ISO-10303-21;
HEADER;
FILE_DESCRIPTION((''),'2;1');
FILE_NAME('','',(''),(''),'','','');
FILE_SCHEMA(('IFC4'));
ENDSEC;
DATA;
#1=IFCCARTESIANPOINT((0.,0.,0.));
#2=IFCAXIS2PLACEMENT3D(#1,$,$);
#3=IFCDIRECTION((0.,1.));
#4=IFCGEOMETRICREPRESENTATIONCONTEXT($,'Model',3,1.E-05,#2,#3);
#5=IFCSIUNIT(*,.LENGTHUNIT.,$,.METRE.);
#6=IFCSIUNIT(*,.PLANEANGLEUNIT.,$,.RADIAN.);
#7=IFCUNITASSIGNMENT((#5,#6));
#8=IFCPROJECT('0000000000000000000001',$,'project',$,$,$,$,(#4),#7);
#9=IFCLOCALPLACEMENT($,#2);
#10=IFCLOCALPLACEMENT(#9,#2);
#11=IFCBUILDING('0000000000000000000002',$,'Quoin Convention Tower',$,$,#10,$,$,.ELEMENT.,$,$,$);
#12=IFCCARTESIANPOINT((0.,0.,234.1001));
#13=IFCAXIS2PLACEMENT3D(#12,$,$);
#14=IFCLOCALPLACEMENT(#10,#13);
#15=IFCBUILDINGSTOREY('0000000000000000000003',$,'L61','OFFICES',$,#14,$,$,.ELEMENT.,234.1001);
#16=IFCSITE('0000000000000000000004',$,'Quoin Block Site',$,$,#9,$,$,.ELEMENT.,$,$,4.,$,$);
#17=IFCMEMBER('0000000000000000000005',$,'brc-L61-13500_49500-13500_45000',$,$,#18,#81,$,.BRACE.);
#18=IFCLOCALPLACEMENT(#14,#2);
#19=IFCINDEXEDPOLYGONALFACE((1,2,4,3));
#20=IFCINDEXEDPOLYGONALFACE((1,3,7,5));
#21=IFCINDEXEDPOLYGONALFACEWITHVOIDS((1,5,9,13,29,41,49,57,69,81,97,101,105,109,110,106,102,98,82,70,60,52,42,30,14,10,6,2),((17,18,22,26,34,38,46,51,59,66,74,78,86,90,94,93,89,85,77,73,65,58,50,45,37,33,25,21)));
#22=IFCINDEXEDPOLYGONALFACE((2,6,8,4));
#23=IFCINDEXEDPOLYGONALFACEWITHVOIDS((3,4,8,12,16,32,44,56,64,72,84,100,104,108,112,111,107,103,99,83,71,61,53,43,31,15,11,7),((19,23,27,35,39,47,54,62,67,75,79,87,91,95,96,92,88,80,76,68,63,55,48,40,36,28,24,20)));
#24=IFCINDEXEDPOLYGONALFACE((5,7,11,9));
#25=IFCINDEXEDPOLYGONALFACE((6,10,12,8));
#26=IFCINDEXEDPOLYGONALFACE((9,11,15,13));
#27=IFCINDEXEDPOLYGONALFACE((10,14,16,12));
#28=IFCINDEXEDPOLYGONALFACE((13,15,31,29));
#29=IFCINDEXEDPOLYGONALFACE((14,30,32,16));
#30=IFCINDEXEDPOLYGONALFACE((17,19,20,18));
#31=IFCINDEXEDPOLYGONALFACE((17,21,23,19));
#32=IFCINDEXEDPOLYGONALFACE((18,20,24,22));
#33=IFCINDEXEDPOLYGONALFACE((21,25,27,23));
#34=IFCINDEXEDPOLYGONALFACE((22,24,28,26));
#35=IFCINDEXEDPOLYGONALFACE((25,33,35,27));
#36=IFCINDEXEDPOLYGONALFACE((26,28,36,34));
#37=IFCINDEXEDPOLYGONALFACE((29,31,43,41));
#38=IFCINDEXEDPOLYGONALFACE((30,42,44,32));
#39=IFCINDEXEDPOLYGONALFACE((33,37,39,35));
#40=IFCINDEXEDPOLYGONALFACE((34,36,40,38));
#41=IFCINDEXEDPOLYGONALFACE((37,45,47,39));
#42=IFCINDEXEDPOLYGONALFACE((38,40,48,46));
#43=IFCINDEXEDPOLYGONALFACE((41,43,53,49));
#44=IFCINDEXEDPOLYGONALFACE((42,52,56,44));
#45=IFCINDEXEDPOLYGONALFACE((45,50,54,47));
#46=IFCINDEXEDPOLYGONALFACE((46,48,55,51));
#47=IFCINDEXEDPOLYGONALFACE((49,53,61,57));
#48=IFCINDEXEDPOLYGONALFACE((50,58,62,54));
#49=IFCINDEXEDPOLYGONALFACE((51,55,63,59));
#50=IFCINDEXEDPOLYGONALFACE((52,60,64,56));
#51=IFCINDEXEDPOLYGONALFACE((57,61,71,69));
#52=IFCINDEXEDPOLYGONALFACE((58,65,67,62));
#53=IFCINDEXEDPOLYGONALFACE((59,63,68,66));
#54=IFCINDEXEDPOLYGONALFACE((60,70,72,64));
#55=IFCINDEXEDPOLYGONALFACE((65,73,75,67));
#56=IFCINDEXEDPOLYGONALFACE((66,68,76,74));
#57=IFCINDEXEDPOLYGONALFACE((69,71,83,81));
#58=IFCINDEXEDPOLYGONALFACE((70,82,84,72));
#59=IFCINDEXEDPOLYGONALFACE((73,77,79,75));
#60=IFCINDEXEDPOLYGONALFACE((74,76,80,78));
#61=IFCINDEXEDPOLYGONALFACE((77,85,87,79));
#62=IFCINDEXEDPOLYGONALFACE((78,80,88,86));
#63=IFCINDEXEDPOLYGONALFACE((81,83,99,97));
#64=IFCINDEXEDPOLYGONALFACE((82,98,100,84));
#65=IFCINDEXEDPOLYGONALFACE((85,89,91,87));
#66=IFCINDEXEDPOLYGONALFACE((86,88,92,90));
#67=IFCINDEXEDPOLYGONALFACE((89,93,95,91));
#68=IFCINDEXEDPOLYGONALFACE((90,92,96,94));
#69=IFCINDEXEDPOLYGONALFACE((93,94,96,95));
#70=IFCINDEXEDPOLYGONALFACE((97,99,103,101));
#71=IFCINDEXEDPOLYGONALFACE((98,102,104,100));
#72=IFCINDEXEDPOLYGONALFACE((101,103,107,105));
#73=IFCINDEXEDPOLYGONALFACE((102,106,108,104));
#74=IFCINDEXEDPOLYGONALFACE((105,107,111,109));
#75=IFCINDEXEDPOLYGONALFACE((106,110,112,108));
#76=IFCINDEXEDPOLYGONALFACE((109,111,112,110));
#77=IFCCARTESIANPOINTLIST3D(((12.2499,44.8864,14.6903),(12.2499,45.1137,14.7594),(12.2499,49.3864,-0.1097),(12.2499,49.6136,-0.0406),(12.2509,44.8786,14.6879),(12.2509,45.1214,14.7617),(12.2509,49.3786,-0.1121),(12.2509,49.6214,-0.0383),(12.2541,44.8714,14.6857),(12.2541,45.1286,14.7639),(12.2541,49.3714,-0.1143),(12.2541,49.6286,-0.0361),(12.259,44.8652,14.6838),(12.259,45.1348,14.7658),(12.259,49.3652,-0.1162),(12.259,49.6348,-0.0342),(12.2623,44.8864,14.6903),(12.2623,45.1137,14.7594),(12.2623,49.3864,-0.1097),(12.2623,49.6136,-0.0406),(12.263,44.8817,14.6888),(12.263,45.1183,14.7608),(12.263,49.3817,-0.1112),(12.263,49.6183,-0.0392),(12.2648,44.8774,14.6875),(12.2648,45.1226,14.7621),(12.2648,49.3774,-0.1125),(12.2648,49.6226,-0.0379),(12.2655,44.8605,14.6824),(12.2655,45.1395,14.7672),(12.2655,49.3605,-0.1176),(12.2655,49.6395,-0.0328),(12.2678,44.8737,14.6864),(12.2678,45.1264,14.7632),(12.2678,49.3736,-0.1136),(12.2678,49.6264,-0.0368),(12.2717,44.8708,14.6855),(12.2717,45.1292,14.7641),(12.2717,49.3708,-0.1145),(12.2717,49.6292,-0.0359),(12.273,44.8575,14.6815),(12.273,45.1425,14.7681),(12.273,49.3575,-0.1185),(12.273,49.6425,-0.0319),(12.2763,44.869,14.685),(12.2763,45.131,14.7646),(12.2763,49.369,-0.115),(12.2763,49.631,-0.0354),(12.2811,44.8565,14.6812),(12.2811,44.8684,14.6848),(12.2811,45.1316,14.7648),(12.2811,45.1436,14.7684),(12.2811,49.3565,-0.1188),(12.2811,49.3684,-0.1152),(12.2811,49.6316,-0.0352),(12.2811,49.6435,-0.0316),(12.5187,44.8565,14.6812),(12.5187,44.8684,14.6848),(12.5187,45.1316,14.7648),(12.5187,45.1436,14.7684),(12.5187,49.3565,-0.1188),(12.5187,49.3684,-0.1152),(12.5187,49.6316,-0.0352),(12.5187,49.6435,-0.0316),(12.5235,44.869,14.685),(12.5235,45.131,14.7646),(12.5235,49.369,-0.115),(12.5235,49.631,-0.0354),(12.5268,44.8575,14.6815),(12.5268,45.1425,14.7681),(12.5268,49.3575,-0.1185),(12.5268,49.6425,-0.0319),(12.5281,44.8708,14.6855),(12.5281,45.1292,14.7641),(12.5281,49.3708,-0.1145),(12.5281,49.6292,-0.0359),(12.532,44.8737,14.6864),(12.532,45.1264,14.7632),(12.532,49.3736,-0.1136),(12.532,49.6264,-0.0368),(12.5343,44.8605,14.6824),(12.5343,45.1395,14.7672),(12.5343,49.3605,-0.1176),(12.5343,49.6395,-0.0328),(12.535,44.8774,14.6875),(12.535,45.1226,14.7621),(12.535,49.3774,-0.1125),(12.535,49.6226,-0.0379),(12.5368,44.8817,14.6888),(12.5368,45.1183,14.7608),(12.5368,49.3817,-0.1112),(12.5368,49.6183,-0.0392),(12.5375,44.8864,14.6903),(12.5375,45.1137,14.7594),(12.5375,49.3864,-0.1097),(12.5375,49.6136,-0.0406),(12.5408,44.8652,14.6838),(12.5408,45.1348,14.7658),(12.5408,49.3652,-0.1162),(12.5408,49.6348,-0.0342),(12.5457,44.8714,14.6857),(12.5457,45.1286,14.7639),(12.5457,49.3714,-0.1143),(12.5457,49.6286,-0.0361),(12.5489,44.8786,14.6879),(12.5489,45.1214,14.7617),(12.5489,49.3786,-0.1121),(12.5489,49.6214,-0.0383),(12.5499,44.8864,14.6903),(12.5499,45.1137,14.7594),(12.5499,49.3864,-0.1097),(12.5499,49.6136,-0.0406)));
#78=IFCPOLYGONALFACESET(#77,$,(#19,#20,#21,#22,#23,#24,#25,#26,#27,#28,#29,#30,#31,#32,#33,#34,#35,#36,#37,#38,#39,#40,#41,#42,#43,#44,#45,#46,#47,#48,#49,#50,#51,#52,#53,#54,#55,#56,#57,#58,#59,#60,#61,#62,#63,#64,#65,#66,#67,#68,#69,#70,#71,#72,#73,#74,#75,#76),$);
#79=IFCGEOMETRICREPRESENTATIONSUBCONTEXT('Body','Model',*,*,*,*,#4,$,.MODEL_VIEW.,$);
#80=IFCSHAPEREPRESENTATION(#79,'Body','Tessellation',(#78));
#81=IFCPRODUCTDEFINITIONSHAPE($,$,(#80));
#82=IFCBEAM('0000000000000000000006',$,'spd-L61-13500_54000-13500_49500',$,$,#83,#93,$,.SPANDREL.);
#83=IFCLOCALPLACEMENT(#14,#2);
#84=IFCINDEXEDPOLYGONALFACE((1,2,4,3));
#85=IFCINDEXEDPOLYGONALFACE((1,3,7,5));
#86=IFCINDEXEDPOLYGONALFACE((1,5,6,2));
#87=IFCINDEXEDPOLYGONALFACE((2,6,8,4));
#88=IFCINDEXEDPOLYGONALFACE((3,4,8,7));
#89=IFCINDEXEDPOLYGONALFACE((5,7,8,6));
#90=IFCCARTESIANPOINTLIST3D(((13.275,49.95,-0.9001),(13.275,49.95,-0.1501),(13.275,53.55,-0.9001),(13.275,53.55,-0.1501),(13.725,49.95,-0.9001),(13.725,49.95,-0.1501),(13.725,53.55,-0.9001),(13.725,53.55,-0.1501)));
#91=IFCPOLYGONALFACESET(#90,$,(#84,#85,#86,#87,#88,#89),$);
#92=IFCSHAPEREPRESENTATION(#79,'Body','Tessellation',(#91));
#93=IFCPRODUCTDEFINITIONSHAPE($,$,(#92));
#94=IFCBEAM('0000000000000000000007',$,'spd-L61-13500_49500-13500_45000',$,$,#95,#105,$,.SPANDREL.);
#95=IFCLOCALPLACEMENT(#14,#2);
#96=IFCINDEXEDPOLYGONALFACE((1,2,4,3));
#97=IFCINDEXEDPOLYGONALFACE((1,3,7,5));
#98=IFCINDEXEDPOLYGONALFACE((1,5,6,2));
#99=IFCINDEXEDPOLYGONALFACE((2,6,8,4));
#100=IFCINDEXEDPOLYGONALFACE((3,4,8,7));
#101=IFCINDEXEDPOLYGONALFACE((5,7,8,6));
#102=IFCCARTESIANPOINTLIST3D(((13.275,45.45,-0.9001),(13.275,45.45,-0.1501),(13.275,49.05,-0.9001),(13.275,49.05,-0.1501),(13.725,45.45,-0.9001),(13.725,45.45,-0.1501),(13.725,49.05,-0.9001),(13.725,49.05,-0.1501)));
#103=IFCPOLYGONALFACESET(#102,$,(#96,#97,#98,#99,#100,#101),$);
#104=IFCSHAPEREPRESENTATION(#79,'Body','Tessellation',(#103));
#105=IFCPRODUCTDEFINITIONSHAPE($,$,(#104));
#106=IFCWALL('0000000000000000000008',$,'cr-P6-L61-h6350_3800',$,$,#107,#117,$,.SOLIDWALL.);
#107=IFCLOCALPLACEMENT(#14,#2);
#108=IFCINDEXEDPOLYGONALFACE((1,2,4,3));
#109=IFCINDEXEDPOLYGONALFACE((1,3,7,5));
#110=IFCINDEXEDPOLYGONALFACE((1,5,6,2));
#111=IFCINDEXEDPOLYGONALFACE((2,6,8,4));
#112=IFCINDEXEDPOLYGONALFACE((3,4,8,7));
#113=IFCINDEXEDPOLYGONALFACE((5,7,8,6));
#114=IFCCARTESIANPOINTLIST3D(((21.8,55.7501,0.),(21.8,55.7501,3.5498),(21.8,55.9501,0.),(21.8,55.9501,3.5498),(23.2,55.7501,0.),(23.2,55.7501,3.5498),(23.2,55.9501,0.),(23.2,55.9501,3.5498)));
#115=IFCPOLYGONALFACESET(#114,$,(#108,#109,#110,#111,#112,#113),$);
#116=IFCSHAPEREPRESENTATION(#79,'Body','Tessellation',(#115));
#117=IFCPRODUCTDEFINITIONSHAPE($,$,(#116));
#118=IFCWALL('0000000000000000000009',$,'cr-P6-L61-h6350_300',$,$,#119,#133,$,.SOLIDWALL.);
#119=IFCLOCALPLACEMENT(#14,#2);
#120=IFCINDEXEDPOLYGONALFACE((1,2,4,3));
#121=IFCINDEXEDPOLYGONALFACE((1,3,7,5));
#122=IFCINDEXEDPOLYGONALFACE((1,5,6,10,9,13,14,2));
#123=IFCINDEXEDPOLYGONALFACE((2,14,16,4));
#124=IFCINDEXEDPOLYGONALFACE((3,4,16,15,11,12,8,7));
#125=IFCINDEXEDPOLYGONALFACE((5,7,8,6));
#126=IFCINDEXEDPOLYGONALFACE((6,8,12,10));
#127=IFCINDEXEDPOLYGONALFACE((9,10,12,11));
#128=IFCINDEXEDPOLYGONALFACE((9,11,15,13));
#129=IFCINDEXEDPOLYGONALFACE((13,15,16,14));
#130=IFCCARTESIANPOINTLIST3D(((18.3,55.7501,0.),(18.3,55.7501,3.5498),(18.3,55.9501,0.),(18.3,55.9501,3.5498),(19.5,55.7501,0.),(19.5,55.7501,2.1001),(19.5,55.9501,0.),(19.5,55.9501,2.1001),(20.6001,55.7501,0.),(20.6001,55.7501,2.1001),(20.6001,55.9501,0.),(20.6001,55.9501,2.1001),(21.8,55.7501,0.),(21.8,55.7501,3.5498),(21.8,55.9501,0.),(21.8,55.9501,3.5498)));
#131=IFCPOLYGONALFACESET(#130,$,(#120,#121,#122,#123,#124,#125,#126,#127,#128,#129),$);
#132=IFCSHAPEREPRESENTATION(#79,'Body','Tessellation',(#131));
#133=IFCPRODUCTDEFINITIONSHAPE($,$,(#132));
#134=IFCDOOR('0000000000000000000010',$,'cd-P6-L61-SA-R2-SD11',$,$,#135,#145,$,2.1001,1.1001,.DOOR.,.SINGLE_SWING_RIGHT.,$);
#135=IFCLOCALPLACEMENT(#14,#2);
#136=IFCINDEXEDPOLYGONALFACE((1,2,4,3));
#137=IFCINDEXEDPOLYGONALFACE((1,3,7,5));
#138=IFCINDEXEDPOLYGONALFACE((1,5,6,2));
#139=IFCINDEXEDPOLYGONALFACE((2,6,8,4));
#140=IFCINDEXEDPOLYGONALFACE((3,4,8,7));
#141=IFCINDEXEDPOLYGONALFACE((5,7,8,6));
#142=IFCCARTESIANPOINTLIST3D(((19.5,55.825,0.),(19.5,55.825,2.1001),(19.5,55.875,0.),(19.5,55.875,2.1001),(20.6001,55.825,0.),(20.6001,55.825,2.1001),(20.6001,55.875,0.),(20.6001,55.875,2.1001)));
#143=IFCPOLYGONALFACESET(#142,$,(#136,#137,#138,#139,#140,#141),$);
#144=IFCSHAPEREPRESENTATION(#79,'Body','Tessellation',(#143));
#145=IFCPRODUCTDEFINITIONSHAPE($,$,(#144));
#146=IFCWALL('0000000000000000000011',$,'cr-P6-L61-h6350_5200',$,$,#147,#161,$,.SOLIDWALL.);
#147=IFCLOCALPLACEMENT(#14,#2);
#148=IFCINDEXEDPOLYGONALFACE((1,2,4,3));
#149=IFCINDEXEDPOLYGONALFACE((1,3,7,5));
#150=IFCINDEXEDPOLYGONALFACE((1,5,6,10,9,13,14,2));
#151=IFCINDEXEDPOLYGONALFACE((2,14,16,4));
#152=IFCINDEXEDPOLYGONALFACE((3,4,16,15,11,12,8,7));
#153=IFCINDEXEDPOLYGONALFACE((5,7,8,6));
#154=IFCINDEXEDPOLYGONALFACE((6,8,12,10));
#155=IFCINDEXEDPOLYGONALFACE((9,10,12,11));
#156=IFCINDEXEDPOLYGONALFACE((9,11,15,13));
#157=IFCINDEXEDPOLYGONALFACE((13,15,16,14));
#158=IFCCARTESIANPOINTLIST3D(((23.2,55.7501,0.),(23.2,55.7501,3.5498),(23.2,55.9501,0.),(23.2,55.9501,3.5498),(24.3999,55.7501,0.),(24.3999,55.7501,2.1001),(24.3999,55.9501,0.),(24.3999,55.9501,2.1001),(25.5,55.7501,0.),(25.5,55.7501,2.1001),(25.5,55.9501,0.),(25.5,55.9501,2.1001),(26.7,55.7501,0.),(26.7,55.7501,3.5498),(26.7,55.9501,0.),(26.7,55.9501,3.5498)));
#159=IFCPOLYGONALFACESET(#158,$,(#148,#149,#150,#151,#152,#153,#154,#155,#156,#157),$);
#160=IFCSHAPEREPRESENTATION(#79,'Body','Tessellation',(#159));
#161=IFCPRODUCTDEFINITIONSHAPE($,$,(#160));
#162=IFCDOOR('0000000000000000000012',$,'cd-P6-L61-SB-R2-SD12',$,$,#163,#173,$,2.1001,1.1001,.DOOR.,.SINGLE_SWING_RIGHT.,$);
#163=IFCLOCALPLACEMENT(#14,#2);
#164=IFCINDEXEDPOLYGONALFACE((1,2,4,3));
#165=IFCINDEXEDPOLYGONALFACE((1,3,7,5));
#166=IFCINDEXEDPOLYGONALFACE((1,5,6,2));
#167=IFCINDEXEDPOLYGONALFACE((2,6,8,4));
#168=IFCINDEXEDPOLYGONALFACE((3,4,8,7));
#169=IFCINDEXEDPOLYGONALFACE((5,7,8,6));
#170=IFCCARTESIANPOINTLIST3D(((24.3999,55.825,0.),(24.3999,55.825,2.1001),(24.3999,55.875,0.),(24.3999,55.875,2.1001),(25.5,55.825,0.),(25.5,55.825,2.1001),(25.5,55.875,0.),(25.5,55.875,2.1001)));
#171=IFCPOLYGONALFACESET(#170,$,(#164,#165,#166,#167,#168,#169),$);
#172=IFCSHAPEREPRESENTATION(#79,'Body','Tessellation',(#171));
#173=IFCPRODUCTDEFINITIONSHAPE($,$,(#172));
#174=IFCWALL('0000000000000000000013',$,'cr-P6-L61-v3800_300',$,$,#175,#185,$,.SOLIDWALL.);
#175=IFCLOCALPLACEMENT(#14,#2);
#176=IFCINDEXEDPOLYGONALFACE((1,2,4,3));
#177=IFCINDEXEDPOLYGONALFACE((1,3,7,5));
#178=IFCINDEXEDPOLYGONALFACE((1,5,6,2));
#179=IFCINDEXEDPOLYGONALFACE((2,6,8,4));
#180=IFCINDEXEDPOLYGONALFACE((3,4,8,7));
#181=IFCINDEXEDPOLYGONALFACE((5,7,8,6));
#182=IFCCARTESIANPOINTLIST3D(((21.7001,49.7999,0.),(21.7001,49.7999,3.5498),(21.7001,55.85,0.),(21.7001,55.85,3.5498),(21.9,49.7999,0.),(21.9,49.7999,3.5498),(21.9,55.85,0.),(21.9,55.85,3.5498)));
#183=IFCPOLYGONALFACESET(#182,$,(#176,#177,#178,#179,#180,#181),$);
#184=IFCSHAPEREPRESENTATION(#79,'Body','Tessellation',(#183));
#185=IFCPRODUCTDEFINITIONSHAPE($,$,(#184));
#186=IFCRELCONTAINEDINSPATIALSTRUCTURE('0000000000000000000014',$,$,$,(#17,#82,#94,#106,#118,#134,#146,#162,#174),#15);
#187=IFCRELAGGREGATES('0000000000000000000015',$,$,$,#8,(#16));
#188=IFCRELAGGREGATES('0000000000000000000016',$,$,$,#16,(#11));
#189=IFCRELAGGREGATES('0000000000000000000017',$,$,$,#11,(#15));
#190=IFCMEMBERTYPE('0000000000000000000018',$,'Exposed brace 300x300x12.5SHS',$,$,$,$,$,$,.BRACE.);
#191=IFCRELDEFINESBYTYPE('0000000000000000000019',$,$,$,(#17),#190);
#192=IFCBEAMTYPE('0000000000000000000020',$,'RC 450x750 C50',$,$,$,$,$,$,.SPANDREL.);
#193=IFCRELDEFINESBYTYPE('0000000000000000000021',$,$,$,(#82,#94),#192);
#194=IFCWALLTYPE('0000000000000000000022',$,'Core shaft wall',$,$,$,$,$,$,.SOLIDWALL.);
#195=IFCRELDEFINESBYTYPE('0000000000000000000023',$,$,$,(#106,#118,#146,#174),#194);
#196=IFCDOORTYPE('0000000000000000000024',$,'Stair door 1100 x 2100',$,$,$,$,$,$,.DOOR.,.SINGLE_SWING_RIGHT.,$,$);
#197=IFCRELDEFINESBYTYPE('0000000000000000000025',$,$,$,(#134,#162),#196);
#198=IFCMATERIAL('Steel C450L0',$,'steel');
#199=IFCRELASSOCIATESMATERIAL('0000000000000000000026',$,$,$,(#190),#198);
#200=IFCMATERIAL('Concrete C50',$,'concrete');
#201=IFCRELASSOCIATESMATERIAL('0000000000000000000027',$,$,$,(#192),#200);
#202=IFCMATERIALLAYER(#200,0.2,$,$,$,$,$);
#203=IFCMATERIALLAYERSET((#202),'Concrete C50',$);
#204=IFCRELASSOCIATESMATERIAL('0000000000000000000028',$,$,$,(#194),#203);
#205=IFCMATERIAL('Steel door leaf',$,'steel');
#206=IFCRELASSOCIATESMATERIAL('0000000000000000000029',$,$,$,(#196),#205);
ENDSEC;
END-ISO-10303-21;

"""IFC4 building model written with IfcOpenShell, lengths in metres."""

from ifc_helpers import new_model, si_unit, direction, frame, frame_2d, origin, origin_2d, place, context, subcontext, project, spatial, rectangle, hollow_rectangle, extrude, material, layer, layer_set, material_profile, profile_set, type_object, element, fill, save


model = new_model("IFC4")

# Units and contexts
model_context = context("Model", 3, precision=1e-05, world=origin(), true_north=direction((0.0, 1.0)))
body_context = subcontext(model_context, "Body", "Model", "MODEL_VIEW")
ifc_project = project(units=[si_unit("LENGTHUNIT", "METRE"), si_unit("PLANEANGLEUNIT", "RADIAN")], contexts=[model_context])

# Site, building, storey
site_placement = place(None, origin())
site = spatial("IfcSite", under=ifc_project, at=site_placement, Name="Quoin Block Site", CompositionType="ELEMENT", RefElevation=4.0)
building_placement = place(site_placement, origin())
building = spatial("IfcBuilding", under=site, at=building_placement, Name="Quoin Convention Tower", CompositionType="ELEMENT")
storey_placement = place(building_placement, frame((0.0, 0.0, 234.1001)))
storey = spatial("IfcBuildingStorey", under=building, at=storey_placement, Name="L61", Description="OFFICES", CompositionType="ELEMENT", Elevation=234.1001)

# Shared definitions
ifc_material_1 = material(Name="Concrete C50", Category="concrete")

# Member
ifc_material_2 = material(Name="Steel C450L0", Category="steel")
ifc_material_profile_1 = material_profile(ifc_material_2, hollow_rectangle(XDim=0.3, YDim=0.3, WallThickness=0.0125, InnerFilletRadius=0.0188, OuterFilletRadius=0.0312, at=origin_2d()), Name="300x300x12.5SHS")
ifc_profile_set_1 = profile_set([ifc_material_profile_1], Name="Steel C450L0")
member_type = type_object("IfcMemberType", Name="Exposed brace 300x300x12.5SHS", PredefinedType="BRACE", material=ifc_profile_set_1)
for number, where, z_axis, x_axis, name in (
    (1, (12.3999, 49.5, -0.0752), (0.0, -0.290903, 0.956752), (1.0, 0.0, 0.0), "brc-L61-13500_49500-13500_45000"),
):
    element("IfcMember", number, at=place(storey_placement, frame(where, z_axis=z_axis, x_axis=x_axis)), inside=storey, type_object=member_type, Name=name, PredefinedType="BRACE", context=body_context, shape_type="SweptSolid", body=[
        extrude(hollow_rectangle(XDim=0.3, YDim=0.3, WallThickness=0.0125, InnerFilletRadius=0.0188, OuterFilletRadius=0.0312, at=origin_2d()), origin(), (0.0, 0.0, 1.0), 15.469),
    ])

# Beams
ifc_material_profile_2 = material_profile(ifc_material_1, rectangle(XDim=0.45, YDim=0.75, at=origin_2d()), Name="RC 450x750")
ifc_profile_set_2 = profile_set([ifc_material_profile_2], Name="Concrete C50")
beam_type_1 = type_object("IfcBeamType", Name="RC 450x750 C50", PredefinedType="SPANDREL", material=ifc_profile_set_2)
for number, where, z_axis, x_axis, name in (
    (2, (13.5, 53.55, -0.5251), (0.0, -1.0, 0.0), (1.0, 0.0, 0.0), "spd-L61-13500_54000-13500_49500"),
    (3, (13.5, 49.05, -0.5251), (0.0, -1.0, 0.0), (1.0, 0.0, 0.0), "spd-L61-13500_49500-13500_45000"),
):
    element("IfcBeam", number, at=place(storey_placement, frame(where, z_axis=z_axis, x_axis=x_axis)), inside=storey, type_object=beam_type_1, Name=name, PredefinedType="SPANDREL", context=body_context, shape_type="SweptSolid", body=[
        extrude(rectangle(XDim=0.45, YDim=0.75, at=origin_2d()), origin(), (0.0, 0.0, 1.0), 3.6001),
    ])

# Wall
ifc_layer_1 = layer(ifc_material_1, 0.2)
ifc_layer_set_1 = layer_set([ifc_layer_1], Name="Concrete C50")
wall_type_1 = type_object("IfcWallType", Name="Core shaft wall", PredefinedType="SOLIDWALL", material=ifc_layer_set_1)
wall_1_placement = place(storey_placement, frame((21.8, 55.8501, 0.0), z_axis=(0.0, 0.0, 1.0), x_axis=(1.0, 0.0, 0.0)))
element("IfcWall", 4, at=wall_1_placement, inside=storey, type_object=wall_type_1, Name="cr-P6-L61-h6350_3800", PredefinedType="SOLIDWALL", context=body_context, shape_type="SweptSolid", body=[
    extrude(rectangle(XDim=1.3999, YDim=0.2, at=frame_2d((0.7, 0.0))), origin(), (0.0, 0.0, 1.0), 3.5498),
])

# Walls, openings, doors
wall_2_placement = place(storey_placement, frame((18.3, 55.8501, 0.0), z_axis=(0.0, 0.0, 1.0), x_axis=(1.0, 0.0, 0.0)))
wall_2 = element("IfcWall", 5, at=wall_2_placement, inside=storey, type_object=wall_type_1, Name="cr-P6-L61-h6350_300", PredefinedType="SOLIDWALL", context=body_context, shape_type="SweptSolid", body=[
    extrude(rectangle(XDim=3.5, YDim=0.2, at=frame_2d((1.75, 0.0))), origin(), (0.0, 0.0, 1.0), 3.5498),
])
opening_1_placement = place(wall_2_placement, frame((1.2, 0.0, 0.0)))
opening_1 = element("IfcOpeningElement", 6, at=opening_1_placement, cuts=wall_2, PredefinedType="OPENING", context=body_context, shape_type="SweptSolid", body=[
    extrude(rectangle(XDim=1.1001, YDim=2.1001, at=frame_2d((0.55, 1.05))), frame((0.0, 0.1099, 0.0), z_axis=(0.0, -1.0, 0.0), x_axis=(1.0, 0.0, 0.0)), (0.0, 0.0, 1.0), 0.22),
])
ifc_material_3 = material(Name="Steel door leaf", Category="steel")
door_type_1 = type_object("IfcDoorType", Name="Stair door 1100 x 2100", OperationType="SINGLE_SWING_RIGHT", PredefinedType="DOOR", material=ifc_material_3)
door_1_placement = place(opening_1_placement, origin())
door_1 = element("IfcDoor", 7, at=door_1_placement, inside=storey, type_object=door_type_1, Name="cd-P6-L61-SA-R2-SD11", OperationType="SINGLE_SWING_RIGHT", OverallHeight=2.1001, OverallWidth=1.1001, PredefinedType="DOOR", context=body_context, shape_type="SweptSolid", body=[
    extrude(rectangle(XDim=1.1001, YDim=2.1001, at=frame_2d((0.55, 1.05))), frame((0.0, 0.0249, 0.0), z_axis=(0.0, -1.0, 0.0), x_axis=(1.0, 0.0, 0.0)), (0.0, 0.0, 1.0), 0.05),
])
fill(opening_1, door_1)
wall_3_placement = place(storey_placement, frame((23.2, 55.8501, 0.0), z_axis=(0.0, 0.0, 1.0), x_axis=(1.0, 0.0, 0.0)))
wall_3 = element("IfcWall", 8, at=wall_3_placement, inside=storey, type_object=wall_type_1, Name="cr-P6-L61-h6350_5200", PredefinedType="SOLIDWALL", context=body_context, shape_type="SweptSolid", body=[
    extrude(rectangle(XDim=3.5, YDim=0.2, at=frame_2d((1.75, 0.0))), origin(), (0.0, 0.0, 1.0), 3.5498),
])
opening_2_placement = place(wall_3_placement, frame((1.2, 0.0, 0.0)))
opening_2 = element("IfcOpeningElement", 9, at=opening_2_placement, cuts=wall_3, PredefinedType="OPENING", context=body_context, shape_type="SweptSolid", body=[
    extrude(rectangle(XDim=1.1001, YDim=2.1001, at=frame_2d((0.55, 1.05))), frame((0.0, 0.1099, 0.0), z_axis=(0.0, -1.0, 0.0), x_axis=(1.0, 0.0, 0.0)), (0.0, 0.0, 1.0), 0.22),
])
door_2_placement = place(opening_2_placement, origin())
door_2 = element("IfcDoor", 10, at=door_2_placement, inside=storey, type_object=door_type_1, Name="cd-P6-L61-SB-R2-SD12", OperationType="SINGLE_SWING_RIGHT", OverallHeight=2.1001, OverallWidth=1.1001, PredefinedType="DOOR", context=body_context, shape_type="SweptSolid", body=[
    extrude(rectangle(XDim=1.1001, YDim=2.1001, at=frame_2d((0.55, 1.05))), frame((0.0, 0.0249, 0.0), z_axis=(0.0, -1.0, 0.0), x_axis=(1.0, 0.0, 0.0)), (0.0, 0.0, 1.0), 0.05),
])
fill(opening_2, door_2)

# Wall
for number, where, z_axis, x_axis, name in (
    (11, (21.8, 49.8, 0.0), (0.0, 0.0, 1.0), (0.0, 1.0, 0.0), "cr-P6-L61-v3800_300"),
):
    element("IfcWall", number, at=place(storey_placement, frame(where, z_axis=z_axis, x_axis=x_axis)), inside=storey, type_object=wall_type_1, Name=name, PredefinedType="SOLIDWALL", context=body_context, shape_type="SweptSolid", body=[
        extrude(rectangle(XDim=6.05, YDim=0.2, at=frame_2d((3.0249, 0.0))), origin(), (0.0, 0.0, 1.0), 3.5498),
    ])

save(model, "model.ifc")
